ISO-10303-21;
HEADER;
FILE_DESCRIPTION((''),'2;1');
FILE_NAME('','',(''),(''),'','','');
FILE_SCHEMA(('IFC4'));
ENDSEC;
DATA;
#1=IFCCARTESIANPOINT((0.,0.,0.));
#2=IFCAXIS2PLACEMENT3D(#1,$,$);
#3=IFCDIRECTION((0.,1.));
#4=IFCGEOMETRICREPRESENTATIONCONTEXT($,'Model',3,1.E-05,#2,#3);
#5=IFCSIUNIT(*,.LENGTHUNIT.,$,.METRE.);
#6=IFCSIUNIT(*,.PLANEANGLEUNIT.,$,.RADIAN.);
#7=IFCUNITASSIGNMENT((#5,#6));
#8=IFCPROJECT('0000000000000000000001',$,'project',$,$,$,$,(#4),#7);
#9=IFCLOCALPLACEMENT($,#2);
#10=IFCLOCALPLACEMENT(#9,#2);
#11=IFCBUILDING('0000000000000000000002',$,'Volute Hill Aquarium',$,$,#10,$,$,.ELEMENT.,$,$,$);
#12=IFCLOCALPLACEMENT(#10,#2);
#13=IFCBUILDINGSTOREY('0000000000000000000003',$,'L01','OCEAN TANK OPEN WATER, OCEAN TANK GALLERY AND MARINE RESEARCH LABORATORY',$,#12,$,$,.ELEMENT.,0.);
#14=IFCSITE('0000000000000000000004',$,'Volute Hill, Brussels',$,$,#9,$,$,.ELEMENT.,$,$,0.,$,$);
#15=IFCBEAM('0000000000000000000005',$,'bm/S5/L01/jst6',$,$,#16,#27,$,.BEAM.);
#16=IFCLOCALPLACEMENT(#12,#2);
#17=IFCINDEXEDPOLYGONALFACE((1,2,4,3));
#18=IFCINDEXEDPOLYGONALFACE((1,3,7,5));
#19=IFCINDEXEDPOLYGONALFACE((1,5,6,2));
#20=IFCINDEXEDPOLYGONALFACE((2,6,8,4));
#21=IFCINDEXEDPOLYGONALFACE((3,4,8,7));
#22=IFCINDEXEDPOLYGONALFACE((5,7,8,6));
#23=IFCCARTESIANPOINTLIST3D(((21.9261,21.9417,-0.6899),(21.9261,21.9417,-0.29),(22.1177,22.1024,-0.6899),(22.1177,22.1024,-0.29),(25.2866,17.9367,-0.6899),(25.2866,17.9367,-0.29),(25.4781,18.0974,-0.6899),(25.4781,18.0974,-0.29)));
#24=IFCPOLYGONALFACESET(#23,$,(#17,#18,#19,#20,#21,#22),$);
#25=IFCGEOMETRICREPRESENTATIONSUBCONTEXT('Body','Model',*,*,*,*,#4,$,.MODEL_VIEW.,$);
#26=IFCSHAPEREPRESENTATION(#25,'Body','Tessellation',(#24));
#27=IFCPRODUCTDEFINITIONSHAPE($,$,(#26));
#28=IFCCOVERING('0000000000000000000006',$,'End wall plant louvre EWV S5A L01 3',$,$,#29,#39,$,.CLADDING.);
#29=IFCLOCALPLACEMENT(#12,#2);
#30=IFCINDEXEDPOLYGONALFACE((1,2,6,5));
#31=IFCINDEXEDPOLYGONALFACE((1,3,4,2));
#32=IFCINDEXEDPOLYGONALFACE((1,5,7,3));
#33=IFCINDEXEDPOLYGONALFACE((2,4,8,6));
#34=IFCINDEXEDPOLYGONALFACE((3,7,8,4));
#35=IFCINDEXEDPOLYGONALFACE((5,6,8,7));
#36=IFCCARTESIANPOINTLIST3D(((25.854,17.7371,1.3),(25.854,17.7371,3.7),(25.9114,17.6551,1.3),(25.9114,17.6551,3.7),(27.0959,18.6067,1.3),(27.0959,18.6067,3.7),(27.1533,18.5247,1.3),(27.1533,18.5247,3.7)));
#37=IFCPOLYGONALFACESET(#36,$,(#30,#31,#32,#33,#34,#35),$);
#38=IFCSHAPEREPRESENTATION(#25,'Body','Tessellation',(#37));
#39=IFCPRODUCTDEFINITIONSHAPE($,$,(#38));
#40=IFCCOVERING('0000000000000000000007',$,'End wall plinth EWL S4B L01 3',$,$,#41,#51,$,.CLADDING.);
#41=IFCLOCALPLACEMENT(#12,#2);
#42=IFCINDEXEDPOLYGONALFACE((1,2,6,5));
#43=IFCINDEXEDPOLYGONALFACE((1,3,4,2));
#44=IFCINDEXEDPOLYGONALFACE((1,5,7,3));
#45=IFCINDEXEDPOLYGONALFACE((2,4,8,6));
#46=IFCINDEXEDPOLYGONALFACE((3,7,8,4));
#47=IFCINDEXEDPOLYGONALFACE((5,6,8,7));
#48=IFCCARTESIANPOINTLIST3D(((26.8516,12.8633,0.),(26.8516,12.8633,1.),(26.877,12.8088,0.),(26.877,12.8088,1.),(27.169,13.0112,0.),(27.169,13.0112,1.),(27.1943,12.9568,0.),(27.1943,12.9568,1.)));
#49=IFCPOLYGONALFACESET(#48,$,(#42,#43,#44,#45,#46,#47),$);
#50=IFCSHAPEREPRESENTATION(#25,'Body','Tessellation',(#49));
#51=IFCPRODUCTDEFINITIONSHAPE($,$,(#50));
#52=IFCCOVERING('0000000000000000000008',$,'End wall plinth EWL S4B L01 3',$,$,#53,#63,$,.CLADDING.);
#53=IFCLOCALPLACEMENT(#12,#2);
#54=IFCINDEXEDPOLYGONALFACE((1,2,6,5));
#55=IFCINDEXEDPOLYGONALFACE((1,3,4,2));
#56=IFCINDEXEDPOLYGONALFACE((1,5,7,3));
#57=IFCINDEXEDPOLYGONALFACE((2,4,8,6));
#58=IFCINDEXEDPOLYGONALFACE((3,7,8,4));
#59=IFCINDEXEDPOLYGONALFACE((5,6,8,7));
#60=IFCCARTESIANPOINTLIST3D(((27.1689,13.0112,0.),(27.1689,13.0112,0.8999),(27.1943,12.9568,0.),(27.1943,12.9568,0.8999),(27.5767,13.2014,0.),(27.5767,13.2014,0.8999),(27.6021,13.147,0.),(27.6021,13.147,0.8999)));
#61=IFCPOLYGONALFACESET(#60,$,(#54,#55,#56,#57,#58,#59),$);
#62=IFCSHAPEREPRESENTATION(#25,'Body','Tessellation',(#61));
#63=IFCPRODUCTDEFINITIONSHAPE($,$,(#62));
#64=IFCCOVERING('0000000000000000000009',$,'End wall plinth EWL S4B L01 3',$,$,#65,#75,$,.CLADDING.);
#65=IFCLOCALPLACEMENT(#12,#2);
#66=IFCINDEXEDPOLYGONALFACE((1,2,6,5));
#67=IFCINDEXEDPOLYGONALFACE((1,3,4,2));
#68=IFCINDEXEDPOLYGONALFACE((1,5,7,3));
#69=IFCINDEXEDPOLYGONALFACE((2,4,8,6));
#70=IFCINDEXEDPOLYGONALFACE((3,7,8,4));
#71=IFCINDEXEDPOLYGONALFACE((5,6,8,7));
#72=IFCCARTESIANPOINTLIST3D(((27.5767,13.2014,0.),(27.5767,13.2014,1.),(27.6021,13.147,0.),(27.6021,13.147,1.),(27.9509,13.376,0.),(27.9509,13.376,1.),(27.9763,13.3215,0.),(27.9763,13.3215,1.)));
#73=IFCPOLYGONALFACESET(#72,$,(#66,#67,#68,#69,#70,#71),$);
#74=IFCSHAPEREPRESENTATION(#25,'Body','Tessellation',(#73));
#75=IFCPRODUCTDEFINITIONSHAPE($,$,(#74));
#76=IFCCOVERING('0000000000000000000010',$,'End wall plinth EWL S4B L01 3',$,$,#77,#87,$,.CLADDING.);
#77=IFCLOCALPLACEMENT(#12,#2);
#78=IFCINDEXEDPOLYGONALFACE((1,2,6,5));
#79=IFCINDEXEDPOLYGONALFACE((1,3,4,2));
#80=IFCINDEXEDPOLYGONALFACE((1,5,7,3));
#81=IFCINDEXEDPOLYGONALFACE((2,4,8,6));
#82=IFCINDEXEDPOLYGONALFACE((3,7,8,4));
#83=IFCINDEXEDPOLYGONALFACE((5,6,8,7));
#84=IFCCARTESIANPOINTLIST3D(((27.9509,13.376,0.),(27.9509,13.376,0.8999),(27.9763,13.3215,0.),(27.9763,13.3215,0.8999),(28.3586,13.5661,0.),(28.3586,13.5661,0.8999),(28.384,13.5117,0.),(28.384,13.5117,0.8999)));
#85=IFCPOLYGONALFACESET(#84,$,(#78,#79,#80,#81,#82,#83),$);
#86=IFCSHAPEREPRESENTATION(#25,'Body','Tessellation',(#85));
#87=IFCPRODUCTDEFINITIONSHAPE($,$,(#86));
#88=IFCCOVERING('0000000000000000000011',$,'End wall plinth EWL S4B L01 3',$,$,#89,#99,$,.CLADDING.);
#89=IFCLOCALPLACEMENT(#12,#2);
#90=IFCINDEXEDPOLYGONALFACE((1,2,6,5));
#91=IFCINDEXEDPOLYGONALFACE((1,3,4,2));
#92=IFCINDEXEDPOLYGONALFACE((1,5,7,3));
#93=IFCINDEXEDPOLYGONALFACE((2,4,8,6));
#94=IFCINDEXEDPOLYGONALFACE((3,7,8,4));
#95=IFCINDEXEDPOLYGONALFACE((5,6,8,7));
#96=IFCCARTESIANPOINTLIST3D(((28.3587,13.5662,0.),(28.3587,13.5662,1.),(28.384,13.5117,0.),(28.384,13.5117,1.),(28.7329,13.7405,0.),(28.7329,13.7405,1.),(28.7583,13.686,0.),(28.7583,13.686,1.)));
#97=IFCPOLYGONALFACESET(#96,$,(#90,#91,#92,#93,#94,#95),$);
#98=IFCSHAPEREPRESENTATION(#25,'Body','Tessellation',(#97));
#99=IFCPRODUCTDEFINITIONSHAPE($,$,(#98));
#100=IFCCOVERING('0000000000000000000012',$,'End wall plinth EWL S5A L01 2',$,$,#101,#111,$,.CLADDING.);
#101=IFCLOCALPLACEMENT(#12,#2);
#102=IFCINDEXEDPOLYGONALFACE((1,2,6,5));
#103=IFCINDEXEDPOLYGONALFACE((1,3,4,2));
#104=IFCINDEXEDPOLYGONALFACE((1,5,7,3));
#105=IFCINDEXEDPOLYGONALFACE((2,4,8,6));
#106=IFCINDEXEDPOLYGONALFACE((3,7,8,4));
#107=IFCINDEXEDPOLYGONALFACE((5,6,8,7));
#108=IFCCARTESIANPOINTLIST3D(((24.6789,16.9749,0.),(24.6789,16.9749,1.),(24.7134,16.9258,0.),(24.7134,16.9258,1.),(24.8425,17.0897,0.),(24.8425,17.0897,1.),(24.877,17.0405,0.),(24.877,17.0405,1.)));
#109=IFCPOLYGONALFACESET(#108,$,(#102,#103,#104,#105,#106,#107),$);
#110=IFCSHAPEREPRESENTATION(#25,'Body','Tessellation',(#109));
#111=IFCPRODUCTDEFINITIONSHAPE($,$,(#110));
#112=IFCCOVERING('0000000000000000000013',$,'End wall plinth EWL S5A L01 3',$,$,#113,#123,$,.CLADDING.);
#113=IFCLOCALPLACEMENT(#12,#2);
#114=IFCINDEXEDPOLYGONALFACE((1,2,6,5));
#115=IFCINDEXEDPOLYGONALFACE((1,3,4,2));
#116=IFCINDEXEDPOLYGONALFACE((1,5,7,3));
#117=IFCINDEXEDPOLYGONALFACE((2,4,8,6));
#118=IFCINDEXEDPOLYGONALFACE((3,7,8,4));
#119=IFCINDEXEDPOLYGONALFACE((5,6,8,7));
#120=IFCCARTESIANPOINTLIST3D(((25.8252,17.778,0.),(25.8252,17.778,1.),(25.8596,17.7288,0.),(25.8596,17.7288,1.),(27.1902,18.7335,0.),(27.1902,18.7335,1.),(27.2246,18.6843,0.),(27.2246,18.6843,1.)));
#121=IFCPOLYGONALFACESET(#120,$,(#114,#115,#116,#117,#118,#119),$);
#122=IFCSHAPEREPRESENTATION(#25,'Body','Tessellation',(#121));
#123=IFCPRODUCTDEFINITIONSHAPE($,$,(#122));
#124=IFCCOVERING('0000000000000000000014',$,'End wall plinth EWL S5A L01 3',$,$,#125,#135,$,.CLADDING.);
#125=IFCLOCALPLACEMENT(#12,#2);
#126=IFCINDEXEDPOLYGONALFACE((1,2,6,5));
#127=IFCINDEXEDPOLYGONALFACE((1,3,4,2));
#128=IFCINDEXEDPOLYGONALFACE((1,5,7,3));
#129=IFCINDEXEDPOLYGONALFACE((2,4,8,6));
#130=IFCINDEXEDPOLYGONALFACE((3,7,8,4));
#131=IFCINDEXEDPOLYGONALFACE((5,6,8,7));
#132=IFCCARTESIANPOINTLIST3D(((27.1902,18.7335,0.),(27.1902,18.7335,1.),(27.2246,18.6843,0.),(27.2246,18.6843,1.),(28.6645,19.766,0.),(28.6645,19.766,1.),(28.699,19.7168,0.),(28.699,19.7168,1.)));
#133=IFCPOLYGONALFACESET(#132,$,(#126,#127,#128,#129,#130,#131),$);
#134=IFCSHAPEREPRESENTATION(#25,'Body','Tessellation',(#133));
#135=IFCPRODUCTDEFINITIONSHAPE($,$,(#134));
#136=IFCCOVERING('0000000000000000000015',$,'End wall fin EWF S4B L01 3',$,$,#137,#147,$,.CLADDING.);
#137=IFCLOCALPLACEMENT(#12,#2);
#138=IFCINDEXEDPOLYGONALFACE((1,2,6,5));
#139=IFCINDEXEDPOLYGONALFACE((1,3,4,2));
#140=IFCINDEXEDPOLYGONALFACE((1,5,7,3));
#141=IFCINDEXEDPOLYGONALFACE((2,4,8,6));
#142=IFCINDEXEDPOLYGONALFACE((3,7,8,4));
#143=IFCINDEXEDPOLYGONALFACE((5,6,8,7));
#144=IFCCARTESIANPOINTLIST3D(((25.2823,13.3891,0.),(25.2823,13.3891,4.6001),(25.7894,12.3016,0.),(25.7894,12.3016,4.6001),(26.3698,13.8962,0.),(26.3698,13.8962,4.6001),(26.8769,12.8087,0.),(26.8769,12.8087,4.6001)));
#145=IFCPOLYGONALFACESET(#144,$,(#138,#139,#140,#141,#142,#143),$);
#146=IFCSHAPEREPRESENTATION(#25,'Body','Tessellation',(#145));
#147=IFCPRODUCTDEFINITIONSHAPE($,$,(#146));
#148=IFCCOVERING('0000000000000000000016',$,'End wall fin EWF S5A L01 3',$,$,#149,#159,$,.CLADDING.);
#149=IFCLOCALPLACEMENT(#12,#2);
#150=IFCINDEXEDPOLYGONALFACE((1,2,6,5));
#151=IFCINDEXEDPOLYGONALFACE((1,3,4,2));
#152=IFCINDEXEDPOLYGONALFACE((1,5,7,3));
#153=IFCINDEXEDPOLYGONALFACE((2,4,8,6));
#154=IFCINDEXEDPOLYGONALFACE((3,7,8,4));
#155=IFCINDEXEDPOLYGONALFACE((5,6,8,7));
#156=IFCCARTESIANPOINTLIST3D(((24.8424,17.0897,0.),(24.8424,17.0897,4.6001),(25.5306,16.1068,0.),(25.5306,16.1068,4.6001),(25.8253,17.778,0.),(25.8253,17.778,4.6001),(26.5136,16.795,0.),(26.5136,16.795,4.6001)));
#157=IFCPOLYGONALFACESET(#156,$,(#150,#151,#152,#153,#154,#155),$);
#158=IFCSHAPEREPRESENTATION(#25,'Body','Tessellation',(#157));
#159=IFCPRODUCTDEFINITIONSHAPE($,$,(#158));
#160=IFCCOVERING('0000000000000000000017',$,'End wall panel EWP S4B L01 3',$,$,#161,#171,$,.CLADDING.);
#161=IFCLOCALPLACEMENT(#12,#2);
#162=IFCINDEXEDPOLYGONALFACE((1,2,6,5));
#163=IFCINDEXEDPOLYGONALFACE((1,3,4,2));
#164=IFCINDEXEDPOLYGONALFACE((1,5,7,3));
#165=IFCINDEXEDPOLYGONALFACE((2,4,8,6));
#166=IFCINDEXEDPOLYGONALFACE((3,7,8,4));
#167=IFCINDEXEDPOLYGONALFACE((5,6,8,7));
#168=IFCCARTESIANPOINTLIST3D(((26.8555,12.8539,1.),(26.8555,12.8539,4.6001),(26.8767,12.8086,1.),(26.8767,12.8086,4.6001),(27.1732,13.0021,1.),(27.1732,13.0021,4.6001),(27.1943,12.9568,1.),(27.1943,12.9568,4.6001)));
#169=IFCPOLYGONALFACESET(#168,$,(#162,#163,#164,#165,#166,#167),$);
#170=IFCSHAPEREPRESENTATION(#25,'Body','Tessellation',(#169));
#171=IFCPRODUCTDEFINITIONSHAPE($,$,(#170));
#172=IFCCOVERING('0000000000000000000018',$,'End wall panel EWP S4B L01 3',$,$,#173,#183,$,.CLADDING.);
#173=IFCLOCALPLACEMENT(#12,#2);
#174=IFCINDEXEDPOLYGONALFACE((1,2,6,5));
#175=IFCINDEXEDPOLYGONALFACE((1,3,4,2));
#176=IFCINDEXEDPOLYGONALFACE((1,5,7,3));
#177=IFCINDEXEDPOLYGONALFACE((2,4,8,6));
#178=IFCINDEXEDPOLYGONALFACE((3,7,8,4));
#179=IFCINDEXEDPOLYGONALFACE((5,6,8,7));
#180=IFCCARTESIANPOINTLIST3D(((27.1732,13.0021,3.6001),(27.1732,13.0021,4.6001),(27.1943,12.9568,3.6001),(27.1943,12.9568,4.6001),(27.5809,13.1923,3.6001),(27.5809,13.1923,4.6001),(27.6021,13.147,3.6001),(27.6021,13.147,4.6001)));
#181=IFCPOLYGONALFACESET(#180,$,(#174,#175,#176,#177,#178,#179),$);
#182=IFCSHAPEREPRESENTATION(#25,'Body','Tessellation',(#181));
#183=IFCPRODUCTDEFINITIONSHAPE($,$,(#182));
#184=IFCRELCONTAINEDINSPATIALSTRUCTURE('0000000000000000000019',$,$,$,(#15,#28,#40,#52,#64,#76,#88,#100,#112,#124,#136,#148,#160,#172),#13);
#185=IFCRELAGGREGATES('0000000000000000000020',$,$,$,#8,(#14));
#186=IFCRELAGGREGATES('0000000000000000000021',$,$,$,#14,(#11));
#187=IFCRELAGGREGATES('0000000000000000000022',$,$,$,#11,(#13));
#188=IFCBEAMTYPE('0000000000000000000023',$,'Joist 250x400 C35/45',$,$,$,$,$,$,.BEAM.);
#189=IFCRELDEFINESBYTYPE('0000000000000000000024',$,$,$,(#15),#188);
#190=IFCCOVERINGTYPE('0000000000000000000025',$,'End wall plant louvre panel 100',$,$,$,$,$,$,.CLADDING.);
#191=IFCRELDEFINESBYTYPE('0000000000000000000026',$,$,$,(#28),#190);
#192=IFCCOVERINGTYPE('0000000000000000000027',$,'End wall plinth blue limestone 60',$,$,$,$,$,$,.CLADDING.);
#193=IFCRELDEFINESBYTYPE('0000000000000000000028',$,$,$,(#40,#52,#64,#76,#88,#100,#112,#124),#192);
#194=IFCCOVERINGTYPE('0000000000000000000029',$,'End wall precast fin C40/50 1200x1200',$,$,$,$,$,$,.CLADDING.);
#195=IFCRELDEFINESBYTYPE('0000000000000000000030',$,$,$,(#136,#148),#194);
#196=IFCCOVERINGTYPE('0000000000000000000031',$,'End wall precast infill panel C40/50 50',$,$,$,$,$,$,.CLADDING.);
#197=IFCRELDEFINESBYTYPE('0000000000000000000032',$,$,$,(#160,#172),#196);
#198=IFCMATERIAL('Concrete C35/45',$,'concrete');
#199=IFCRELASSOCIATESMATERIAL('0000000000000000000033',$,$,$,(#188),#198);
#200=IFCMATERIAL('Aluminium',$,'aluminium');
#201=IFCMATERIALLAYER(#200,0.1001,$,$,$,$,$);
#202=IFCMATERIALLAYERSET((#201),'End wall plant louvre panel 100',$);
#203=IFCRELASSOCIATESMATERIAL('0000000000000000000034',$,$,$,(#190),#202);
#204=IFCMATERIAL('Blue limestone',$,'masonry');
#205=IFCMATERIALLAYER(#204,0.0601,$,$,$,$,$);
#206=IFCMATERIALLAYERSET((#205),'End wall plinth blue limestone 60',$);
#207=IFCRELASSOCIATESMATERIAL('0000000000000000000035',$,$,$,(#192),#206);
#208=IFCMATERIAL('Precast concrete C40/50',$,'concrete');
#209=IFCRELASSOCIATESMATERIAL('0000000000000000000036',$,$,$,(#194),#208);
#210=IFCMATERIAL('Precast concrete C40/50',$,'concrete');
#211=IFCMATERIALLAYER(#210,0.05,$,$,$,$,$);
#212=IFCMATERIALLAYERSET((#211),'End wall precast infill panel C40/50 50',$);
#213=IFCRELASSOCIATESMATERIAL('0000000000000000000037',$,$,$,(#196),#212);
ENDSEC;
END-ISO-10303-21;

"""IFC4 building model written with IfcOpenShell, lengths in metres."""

from ifc_helpers import new_model, si_unit, direction, frame, origin, origin_2d, place, context, subcontext, project, spatial, polyline, rectangle, outline, extrude, material, layer, layer_set, material_profile, profile_set, type_object, element, save


model = new_model("IFC4")

# Units and contexts
model_context = context("Model", 3, precision=1e-05, world=origin(), true_north=direction((0.0, 1.0)))
body_context = subcontext(model_context, "Body", "Model", "MODEL_VIEW")
ifc_project = project(units=[si_unit("LENGTHUNIT", "METRE"), si_unit("PLANEANGLEUNIT", "RADIAN")], contexts=[model_context])

# Site, building, storey
site_placement = place(None, origin())
site = spatial("IfcSite", under=ifc_project, at=site_placement, Name="Volute Hill, Brussels", CompositionType="ELEMENT", RefElevation=0.0)
building_placement = place(site_placement, origin())
building = spatial("IfcBuilding", under=site, at=building_placement, Name="Volute Hill Aquarium", CompositionType="ELEMENT")
storey_placement = place(building_placement, origin())
storey = spatial("IfcBuildingStorey", under=building, at=storey_placement, Name="L01", Description="OCEAN TANK OPEN WATER, OCEAN TANK GALLERY AND MARINE RESEARCH LABORATORY", CompositionType="ELEMENT", Elevation=0.0)

# Beam
ifc_material_1 = material(Name="Concrete C35/45", Category="concrete")
ifc_material_profile = material_profile(ifc_material_1, rectangle(XDim=0.25, YDim=0.3999, at=origin_2d()), Name="RC joist 250x400")
ifc_profile_set = profile_set([ifc_material_profile], Name="Concrete C35/45")
beam_type = type_object("IfcBeamType", Name="Joist 250x400 C35/45", PredefinedType="BEAM", material=ifc_profile_set)
beam_placement = place(storey_placement, frame((25.3823, 18.0171, -0.49), z_axis=(-0.642771, 0.766058, 0.0), x_axis=(-0.766058, -0.642771, 0.0)))
element("IfcBeam", 1, at=beam_placement, inside=storey, type_object=beam_type, Name="bm/S5/L01/jst6", PredefinedType="BEAM", context=body_context, shape_type="SweptSolid", body=[
    extrude(rectangle(XDim=0.25, YDim=0.3999, at=origin_2d()), origin(), (0.0, 0.0, 1.0), 5.228),
])

# Coverings
ifc_material_2 = material(Name="Aluminium", Category="aluminium")
ifc_layer_1 = layer(ifc_material_2, 0.1001)
ifc_layer_set_1 = layer_set([ifc_layer_1], Name="End wall plant louvre panel 100")
covering_type_1 = type_object("IfcCoveringType", Name="End wall plant louvre panel 100", PredefinedType="CLADDING", material=ifc_layer_set_1)
covering_1_placement = place(storey_placement, frame((26.5037, 18.1309, 1.3), z_axis=(0.0, 0.0, 1.0), x_axis=(0.819152, 0.573576, 0.0)))
element("IfcCovering", 2, at=covering_1_placement, inside=storey, type_object=covering_type_1, Name="End wall plant louvre EWV S5A L01 3", PredefinedType="CLADDING", context=body_context, shape_type="SweptSolid", body=[
    extrude(rectangle(XDim=1.5161, YDim=0.1001, at=origin_2d()), origin(), (0.0, 0.0, 1.0), 2.3999),
])
ifc_material_3 = material(Name="Blue limestone", Category="masonry")
ifc_layer_2 = layer(ifc_material_3, 0.0601)
ifc_layer_set_2 = layer_set([ifc_layer_2], Name="End wall plinth blue limestone 60")
covering_type_2 = type_object("IfcCoveringType", Name="End wall plinth blue limestone 60", PredefinedType="CLADDING", material=ifc_layer_set_2)
covering_2_placement = place(storey_placement, frame((26.877, 12.8088, 0.0), z_axis=(0.422504, -0.906361, 0.0), x_axis=(0.906361, 0.422504, 0.0)))
element("IfcCovering", 3, at=covering_2_placement, inside=storey, type_object=covering_type_2, Name="End wall plinth EWL S4B L01 3", PredefinedType="CLADDING", context=body_context, shape_type="SweptSolid", body=[
    extrude(outline(polyline([(0.0, 0.0), (0.3502, 0.0), (0.3502, 1.0), (0.0, 1.0), (0.0, 0.0)])), origin(), (0.0, 0.0, -1.0), 0.0601),
])
covering_3_placement = place(storey_placement, frame((27.1943, 12.9568, 0.0), z_axis=(0.422737, -0.906252, 0.0), x_axis=(0.906252, 0.422737, 0.0)))
element("IfcCovering", 4, at=covering_3_placement, inside=storey, type_object=covering_type_2, Name="End wall plinth EWL S4B L01 3", PredefinedType="CLADDING", context=body_context, shape_type="SweptSolid", body=[
    extrude(outline(polyline([(0.0, 0.0), (0.4499, 0.0), (0.4499, 0.8999), (0.0, 0.8999), (0.0, 0.0)])), origin(), (0.0, 0.0, -1.0), 0.0601),
])
covering_4_placement = place(storey_placement, frame((27.6021, 13.147, 0.0), z_axis=(0.422691, -0.906274, 0.0), x_axis=(0.906274, 0.422691, 0.0)))
element("IfcCovering", 5, at=covering_4_placement, inside=storey, type_object=covering_type_2, Name="End wall plinth EWL S4B L01 3", PredefinedType="CLADDING", context=body_context, shape_type="SweptSolid", body=[
    extrude(outline(polyline([(0.0, 0.0), (0.413, 0.0), (0.413, 1.0), (0.0, 1.0), (0.0, 0.0)])), origin(), (0.0, 0.0, -1.0), 0.0601),
])
covering_5_placement = place(storey_placement, frame((27.9763, 13.3215, 0.0), z_axis=(0.422737, -0.906252, 0.0), x_axis=(0.906252, 0.422737, 0.0)))
element("IfcCovering", 6, at=covering_5_placement, inside=storey, type_object=covering_type_2, Name="End wall plinth EWL S4B L01 3", PredefinedType="CLADDING", context=body_context, shape_type="SweptSolid", body=[
    extrude(outline(polyline([(0.0, 0.0), (0.4499, 0.0), (0.4499, 0.8999), (0.0, 0.8999), (0.0, 0.0)])), origin(), (0.0, 0.0, -1.0), 0.0601),
])
covering_6_placement = place(storey_placement, frame((28.384, 13.5117, 0.0), z_axis=(0.422206, -0.9065, 0.0), x_axis=(0.9065, 0.422206, 0.0)))
element("IfcCovering", 7, at=covering_6_placement, inside=storey, type_object=covering_type_2, Name="End wall plinth EWL S4B L01 3", PredefinedType="CLADDING", context=body_context, shape_type="SweptSolid", body=[
    extrude(outline(polyline([(0.0, 0.0), (0.4129, 0.0), (0.4129, 1.0), (0.0, 1.0), (0.0, 0.0)])), origin(), (0.0, 0.0, -1.0), 0.0601),
])
covering_7_placement = place(storey_placement, frame((24.7134, 16.9258, 0.0), z_axis=(0.574282, -0.818657, 0.0), x_axis=(0.818657, 0.574282, 0.0)))
element("IfcCovering", 8, at=covering_7_placement, inside=storey, type_object=covering_type_2, Name="End wall plinth EWL S5A L01 2", PredefinedType="CLADDING", context=body_context, shape_type="SweptSolid", body=[
    extrude(outline(polyline([(0.0, 0.0), (0.1998, 0.0), (0.1998, 1.0), (0.0, 1.0), (0.0, 0.0)])), origin(), (0.0, 0.0, -1.0), 0.0601),
])
covering_8_placement = place(storey_placement, frame((25.8596, 17.7288, 0.0), z_axis=(0.573492, -0.819211, 0.0), x_axis=(0.819211, 0.573492, 0.0)))
element("IfcCovering", 9, at=covering_8_placement, inside=storey, type_object=covering_type_2, Name="End wall plinth EWL S5A L01 3", PredefinedType="CLADDING", context=body_context, shape_type="SweptSolid", body=[
    extrude(outline(polyline([(0.0, 0.0), (1.6662, 0.0), (1.6662, 1.0), (0.0, 1.0), (0.0, 0.0)])), origin(), (0.0, 0.0, -1.0), 0.0601),
])
covering_9_placement = place(storey_placement, frame((27.2246, 18.6843, 0.0), z_axis=(0.573617, -0.819124, 0.0), x_axis=(0.819124, 0.573617, 0.0)))
element("IfcCovering", 10, at=covering_9_placement, inside=storey, type_object=covering_type_2, Name="End wall plinth EWL S5A L01 3", PredefinedType="CLADDING", context=body_context, shape_type="SweptSolid", body=[
    extrude(outline(polyline([(0.0, 0.0), (1.7999, 0.0), (1.7999, 1.0), (0.0, 1.0), (0.0, 0.0)])), origin(), (0.0, 0.0, -1.0), 0.0601),
])
ifc_material_4 = material(Name="Precast concrete C40/50", Category="concrete")
covering_type_3 = type_object("IfcCoveringType", Name="End wall precast fin C40/50 1200x1200", PredefinedType="CLADDING", material=ifc_material_4)
for number, where, z_axis, x_axis, name in (
    (11, (26.0796, 13.0989, 0.0), (0.0, 0.0, 1.0), (0.906307, 0.42262, 0.0), "End wall fin EWF S4B L01 3"),
    (12, (25.678, 16.9424, 0.0), (0.0, 0.0, 1.0), (0.819152, 0.573576, 0.0), "End wall fin EWF S5A L01 3"),
):
    element("IfcCovering", number, at=place(storey_placement, frame(where, z_axis=z_axis, x_axis=x_axis)), inside=storey, type_object=covering_type_3, Name=name, PredefinedType="CLADDING", context=body_context, shape_type="SweptSolid", body=[
        extrude(rectangle(XDim=1.2, YDim=1.2, at=origin_2d()), origin(), (0.0, 0.0, 1.0), 4.6001),
    ])
ifc_material_5 = material(Name="Precast concrete C40/50", Category="concrete")
ifc_layer_3 = layer(ifc_material_5, 0.05)
ifc_layer_set_3 = layer_set([ifc_layer_3], Name="End wall precast infill panel C40/50 50")
covering_type_4 = type_object("IfcCoveringType", Name="End wall precast infill panel C40/50 50", PredefinedType="CLADDING", material=ifc_layer_set_3)
covering_10_placement = place(storey_placement, frame((26.8767, 12.8086, 1.0), z_axis=(0.422809, -0.906219, 0.0), x_axis=(0.906219, 0.422809, 0.0)))
element("IfcCovering", 13, at=covering_10_placement, inside=storey, type_object=covering_type_4, Name="End wall panel EWP S4B L01 3", PredefinedType="CLADDING", context=body_context, shape_type="SweptSolid", body=[
    extrude(outline(polyline([(0.0, 0.0), (0.3505, 0.0), (0.3505, 3.6001), (0.0, 3.6001), (0.0, 0.0)])), origin(), (0.0, 0.0, -1.0), 0.05),
])
covering_11_placement = place(storey_placement, frame((27.1943, 12.9568, 3.6001), z_axis=(0.422737, -0.906252, 0.0), x_axis=(0.906252, 0.422737, 0.0)))
element("IfcCovering", 14, at=covering_11_placement, inside=storey, type_object=covering_type_4, Name="End wall panel EWP S4B L01 3", PredefinedType="CLADDING", context=body_context, shape_type="SweptSolid", body=[
    extrude(outline(polyline([(0.0, 0.0), (0.4499, 0.0), (0.4499, 1.0), (0.0, 1.0), (0.0, 0.0)])), origin(), (0.0, 0.0, -1.0), 0.05),
])

save(model, "model.ifc")
